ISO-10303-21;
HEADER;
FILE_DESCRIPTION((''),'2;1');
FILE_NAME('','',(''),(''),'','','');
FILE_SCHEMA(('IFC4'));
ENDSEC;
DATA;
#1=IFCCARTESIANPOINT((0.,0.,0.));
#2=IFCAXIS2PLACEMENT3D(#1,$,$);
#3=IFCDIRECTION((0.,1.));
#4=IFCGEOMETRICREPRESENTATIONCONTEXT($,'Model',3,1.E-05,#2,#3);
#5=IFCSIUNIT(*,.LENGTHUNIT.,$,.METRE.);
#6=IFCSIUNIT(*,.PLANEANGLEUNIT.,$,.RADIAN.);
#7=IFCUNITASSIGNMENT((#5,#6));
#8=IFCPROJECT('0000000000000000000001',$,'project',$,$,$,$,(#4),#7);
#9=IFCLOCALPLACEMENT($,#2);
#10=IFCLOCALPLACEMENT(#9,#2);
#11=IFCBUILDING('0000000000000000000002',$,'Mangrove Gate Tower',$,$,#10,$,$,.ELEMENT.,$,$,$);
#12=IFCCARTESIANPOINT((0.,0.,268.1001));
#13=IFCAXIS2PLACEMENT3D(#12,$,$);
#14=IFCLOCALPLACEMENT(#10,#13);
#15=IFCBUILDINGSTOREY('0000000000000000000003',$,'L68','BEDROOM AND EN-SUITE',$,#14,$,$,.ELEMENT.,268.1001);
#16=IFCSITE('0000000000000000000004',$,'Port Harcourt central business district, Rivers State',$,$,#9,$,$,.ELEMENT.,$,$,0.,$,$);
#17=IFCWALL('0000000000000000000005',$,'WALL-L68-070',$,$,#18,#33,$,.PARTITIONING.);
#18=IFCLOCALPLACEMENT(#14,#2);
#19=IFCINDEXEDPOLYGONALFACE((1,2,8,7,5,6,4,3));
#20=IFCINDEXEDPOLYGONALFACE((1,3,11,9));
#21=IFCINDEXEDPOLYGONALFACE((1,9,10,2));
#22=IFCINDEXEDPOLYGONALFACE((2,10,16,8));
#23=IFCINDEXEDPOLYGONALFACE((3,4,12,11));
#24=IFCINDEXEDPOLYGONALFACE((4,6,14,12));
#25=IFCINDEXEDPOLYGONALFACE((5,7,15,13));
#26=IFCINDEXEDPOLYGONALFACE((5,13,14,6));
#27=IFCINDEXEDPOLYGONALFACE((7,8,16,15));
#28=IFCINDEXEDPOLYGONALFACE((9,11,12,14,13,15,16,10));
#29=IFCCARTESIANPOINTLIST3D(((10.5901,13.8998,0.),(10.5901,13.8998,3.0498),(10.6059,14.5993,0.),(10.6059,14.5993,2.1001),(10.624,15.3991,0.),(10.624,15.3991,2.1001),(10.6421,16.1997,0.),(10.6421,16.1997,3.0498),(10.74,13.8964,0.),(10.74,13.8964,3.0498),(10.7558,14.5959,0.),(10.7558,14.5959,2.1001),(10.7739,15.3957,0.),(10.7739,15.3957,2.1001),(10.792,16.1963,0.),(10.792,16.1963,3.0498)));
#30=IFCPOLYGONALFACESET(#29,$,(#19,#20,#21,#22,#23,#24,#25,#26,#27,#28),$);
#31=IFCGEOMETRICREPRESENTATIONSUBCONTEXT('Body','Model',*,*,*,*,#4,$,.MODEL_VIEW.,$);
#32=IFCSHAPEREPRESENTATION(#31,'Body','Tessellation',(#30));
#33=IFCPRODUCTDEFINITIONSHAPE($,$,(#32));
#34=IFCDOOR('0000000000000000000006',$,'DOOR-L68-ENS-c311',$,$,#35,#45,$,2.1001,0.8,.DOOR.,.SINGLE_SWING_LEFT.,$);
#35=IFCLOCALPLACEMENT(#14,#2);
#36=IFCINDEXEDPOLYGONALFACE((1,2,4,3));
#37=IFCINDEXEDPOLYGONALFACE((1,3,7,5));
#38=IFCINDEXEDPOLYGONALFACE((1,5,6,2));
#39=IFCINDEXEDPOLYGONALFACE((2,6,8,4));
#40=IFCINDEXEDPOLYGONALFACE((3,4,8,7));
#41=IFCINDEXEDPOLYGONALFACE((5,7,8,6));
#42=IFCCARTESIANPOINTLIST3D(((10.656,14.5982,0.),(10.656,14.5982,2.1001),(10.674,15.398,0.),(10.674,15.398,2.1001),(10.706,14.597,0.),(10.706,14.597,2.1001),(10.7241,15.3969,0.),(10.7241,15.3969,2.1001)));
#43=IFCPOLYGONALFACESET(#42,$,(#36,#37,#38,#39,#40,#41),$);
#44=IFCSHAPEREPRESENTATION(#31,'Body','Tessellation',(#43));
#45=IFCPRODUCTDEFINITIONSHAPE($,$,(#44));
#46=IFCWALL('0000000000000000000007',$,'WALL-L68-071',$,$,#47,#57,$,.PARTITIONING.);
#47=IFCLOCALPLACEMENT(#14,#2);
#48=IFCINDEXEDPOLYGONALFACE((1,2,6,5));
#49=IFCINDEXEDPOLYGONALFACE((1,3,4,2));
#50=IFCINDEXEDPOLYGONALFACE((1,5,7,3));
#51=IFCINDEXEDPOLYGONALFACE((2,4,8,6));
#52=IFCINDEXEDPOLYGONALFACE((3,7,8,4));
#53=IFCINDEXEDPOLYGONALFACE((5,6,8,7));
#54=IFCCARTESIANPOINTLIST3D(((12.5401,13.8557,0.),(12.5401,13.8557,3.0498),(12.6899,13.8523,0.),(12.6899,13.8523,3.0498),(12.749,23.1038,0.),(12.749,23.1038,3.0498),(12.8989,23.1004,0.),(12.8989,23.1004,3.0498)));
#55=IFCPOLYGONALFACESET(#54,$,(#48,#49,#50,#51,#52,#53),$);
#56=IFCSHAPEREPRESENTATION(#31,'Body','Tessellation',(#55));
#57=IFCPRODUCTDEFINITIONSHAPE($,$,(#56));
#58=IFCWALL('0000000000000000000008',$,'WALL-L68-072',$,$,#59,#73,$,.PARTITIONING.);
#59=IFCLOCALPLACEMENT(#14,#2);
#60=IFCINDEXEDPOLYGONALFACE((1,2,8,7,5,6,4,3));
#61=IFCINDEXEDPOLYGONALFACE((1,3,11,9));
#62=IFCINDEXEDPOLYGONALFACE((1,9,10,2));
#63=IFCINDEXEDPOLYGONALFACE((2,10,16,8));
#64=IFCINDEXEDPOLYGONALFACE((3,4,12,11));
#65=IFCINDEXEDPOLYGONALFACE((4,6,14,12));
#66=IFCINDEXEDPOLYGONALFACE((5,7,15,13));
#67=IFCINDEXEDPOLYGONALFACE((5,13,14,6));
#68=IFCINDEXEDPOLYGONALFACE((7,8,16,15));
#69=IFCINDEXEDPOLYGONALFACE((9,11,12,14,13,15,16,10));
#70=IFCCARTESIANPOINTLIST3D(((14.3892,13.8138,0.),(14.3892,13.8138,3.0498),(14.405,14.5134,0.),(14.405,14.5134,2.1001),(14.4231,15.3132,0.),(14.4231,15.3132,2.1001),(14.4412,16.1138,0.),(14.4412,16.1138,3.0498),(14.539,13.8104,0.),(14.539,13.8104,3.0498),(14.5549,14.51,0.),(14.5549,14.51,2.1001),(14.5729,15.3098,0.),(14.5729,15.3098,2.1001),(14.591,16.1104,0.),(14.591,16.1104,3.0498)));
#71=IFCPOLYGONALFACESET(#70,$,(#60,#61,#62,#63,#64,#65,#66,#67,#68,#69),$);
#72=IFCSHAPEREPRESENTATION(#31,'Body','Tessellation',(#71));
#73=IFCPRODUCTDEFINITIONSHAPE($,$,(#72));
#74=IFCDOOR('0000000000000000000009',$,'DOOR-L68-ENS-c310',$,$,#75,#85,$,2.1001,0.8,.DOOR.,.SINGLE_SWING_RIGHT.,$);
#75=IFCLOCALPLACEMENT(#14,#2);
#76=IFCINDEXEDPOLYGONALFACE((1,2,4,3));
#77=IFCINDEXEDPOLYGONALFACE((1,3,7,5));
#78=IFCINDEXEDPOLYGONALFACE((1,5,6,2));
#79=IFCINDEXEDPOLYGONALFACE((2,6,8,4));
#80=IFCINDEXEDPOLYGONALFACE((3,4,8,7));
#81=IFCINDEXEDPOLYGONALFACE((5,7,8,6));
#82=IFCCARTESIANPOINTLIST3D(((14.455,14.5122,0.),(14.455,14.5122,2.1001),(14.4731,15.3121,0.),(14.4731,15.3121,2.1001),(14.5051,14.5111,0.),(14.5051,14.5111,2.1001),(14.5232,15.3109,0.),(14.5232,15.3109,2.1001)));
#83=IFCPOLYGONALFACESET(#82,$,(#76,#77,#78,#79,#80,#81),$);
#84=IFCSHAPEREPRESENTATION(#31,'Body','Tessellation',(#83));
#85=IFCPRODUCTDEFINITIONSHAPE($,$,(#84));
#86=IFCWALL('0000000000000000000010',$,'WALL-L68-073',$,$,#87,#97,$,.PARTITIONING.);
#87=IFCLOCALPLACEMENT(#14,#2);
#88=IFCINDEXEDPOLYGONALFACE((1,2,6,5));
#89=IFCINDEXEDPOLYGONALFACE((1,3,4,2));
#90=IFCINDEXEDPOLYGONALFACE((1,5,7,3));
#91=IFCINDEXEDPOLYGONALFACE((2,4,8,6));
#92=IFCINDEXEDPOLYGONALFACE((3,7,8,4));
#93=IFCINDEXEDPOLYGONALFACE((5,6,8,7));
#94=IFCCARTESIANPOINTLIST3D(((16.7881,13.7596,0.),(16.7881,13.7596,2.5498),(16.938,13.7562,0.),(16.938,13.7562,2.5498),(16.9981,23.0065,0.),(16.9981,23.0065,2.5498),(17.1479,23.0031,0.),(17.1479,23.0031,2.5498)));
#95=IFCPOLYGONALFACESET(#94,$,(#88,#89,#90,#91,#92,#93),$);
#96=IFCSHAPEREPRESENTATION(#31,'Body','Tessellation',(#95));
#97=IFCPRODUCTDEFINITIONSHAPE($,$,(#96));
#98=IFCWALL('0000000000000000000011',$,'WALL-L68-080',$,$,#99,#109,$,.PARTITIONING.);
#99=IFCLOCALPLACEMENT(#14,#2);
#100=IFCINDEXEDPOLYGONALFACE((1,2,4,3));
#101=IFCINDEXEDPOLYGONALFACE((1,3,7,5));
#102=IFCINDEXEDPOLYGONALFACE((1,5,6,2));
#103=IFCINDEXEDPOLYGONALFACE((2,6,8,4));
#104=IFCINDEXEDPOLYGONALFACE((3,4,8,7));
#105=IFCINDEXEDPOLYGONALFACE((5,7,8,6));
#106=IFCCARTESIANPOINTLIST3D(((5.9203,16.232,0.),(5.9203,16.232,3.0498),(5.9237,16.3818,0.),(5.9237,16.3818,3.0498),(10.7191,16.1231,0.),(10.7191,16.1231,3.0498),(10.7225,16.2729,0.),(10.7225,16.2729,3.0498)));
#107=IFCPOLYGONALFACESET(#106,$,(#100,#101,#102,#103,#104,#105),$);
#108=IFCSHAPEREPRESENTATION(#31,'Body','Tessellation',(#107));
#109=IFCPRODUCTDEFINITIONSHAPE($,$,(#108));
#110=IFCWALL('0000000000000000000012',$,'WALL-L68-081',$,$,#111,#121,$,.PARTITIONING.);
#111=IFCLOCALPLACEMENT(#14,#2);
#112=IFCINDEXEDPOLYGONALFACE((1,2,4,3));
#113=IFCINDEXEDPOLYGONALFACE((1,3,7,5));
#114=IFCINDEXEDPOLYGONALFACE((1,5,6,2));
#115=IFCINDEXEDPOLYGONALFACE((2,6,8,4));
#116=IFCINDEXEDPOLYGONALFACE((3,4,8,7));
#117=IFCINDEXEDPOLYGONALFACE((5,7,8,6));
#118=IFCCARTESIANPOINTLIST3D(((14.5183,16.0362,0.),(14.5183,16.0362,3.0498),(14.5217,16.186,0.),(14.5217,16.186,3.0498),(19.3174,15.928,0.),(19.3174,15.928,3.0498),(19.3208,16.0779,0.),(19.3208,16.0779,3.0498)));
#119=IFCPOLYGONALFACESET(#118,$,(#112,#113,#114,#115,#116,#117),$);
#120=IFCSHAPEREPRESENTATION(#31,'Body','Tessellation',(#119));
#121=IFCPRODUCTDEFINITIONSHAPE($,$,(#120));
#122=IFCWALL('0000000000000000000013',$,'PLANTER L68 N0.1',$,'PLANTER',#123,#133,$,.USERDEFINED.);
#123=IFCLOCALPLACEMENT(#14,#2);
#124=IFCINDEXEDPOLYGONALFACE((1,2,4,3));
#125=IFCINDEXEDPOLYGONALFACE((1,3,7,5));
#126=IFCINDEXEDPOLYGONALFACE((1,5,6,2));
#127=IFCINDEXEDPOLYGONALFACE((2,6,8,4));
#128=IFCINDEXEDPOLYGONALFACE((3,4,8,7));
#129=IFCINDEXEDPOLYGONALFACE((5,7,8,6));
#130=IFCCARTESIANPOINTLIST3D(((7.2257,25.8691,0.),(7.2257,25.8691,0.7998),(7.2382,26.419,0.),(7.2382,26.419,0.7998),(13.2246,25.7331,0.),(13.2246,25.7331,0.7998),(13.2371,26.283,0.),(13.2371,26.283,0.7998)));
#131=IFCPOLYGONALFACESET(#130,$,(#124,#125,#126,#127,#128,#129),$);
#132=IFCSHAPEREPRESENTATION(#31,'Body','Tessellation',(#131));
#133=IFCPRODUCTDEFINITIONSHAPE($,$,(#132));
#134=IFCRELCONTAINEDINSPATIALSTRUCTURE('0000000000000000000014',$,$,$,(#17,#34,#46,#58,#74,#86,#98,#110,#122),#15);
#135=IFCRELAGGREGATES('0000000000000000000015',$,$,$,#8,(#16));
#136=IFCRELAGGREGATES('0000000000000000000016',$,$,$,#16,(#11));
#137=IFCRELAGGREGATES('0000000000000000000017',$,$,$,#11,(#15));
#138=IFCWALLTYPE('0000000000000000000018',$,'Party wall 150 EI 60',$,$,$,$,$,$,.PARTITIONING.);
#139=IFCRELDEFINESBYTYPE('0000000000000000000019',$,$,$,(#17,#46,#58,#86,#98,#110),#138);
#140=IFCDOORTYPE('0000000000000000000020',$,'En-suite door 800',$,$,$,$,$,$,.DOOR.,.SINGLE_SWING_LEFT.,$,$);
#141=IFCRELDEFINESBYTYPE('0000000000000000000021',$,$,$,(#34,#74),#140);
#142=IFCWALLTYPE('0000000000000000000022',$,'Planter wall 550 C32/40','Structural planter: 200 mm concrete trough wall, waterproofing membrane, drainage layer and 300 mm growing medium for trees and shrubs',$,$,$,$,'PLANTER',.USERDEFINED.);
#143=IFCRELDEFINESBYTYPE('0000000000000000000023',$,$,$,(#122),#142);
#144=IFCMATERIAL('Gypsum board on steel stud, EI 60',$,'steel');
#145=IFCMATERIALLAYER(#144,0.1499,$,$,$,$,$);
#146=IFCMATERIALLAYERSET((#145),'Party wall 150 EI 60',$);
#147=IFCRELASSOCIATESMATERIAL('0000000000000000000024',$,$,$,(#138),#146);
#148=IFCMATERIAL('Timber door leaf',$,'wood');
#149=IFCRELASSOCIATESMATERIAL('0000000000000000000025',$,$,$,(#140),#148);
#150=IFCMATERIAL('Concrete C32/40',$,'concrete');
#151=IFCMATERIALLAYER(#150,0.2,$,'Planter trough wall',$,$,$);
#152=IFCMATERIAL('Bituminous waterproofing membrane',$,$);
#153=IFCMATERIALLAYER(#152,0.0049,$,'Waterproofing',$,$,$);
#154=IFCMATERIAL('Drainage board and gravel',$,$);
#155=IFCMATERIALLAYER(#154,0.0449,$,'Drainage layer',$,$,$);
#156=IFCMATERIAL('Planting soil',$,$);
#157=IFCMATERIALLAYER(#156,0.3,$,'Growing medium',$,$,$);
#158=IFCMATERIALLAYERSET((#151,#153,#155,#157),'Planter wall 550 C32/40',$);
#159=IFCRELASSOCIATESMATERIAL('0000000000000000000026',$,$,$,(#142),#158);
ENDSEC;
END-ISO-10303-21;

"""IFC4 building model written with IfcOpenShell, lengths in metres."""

from ifc_helpers import new_model, si_unit, direction, frame, frame_2d, origin, place, context, subcontext, project, spatial, rectangle, extrude, material, layer, layer_set, type_object, element, fill, save


model = new_model("IFC4")

# Units and contexts
model_context = context("Model", 3, precision=1e-05, world=origin(), true_north=direction((0.0, 1.0)))
body_context = subcontext(model_context, "Body", "Model", "MODEL_VIEW")
ifc_project = project(units=[si_unit("LENGTHUNIT", "METRE"), si_unit("PLANEANGLEUNIT", "RADIAN")], contexts=[model_context])

# Site, building, storey
site_placement = place(None, origin())
site = spatial("IfcSite", under=ifc_project, at=site_placement, Name="Port Harcourt central business district, Rivers State", CompositionType="ELEMENT", RefElevation=0.0)
building_placement = place(site_placement, origin())
building = spatial("IfcBuilding", under=site, at=building_placement, Name="Mangrove Gate Tower", CompositionType="ELEMENT")
storey_placement = place(building_placement, frame((0.0, 0.0, 268.1001)))
storey = spatial("IfcBuildingStorey", under=building, at=storey_placement, Name="L68", Description="BEDROOM AND EN-SUITE", CompositionType="ELEMENT", Elevation=268.1001)

# Shared definitions
ifc_material_1 = material(Name="Gypsum board on steel stud, EI 60", Category="steel")
ifc_layer_1 = layer(ifc_material_1, 0.1499)
ifc_layer_set_1 = layer_set([ifc_layer_1], Name="Party wall 150 EI 60")
wall_type_1 = type_object("IfcWallType", Name="Party wall 150 EI 60", PredefinedType="PARTITIONING", material=ifc_layer_set_1)
ifc_material_2 = material(Name="Timber door leaf", Category="wood")
door_type = type_object("IfcDoorType", Name="En-suite door 800", OperationType="SINGLE_SWING_LEFT", PredefinedType="DOOR", material=ifc_material_2)

# Wall, opening, door
wall_1_placement = place(storey_placement, frame((10.665, 13.8979, 0.0), z_axis=(0.0, 0.0, 1.0), x_axis=(0.022603, 0.999745, 0.0)))
wall_1 = element("IfcWall", 1, at=wall_1_placement, inside=storey, type_object=wall_type_1, Name="WALL-L68-070", PredefinedType="PARTITIONING", context=body_context, shape_type="SweptSolid", body=[
    extrude(rectangle(XDim=2.3005, YDim=0.1499, at=frame_2d((1.1504, 0.0))), origin(), (0.0, 0.0, 1.0), 3.0498),
])
opening_1_placement = place(wall_1_placement, frame((0.7, 0.0, 0.0)))
opening_1 = element("IfcOpeningElement", 2, at=opening_1_placement, cuts=wall_1, PredefinedType="OPENING", context=body_context, shape_type="SweptSolid", body=[
    extrude(rectangle(XDim=0.8, YDim=2.1001, at=frame_2d((0.3999, 1.05))), frame((0.0, 0.085, 0.0), z_axis=(0.0, -1.0, 0.0), x_axis=(1.0, 0.0, 0.0)), (0.0, 0.0, 1.0), 0.1699),
])
door_1_placement = place(opening_1_placement, origin())
door_1 = element("IfcDoor", 3, at=door_1_placement, inside=storey, type_object=door_type, Name="DOOR-L68-ENS-c311", OperationType="SINGLE_SWING_LEFT", OverallHeight=2.1001, OverallWidth=0.8, PredefinedType="DOOR", context=body_context, shape_type="SweptSolid", body=[
    extrude(rectangle(XDim=0.8, YDim=2.1001, at=frame_2d((0.3999, 1.05))), frame((0.0, 0.0249, 0.0), z_axis=(0.0, -1.0, 0.0), x_axis=(1.0, 0.0, 0.0)), (0.0, 0.0, 1.0), 0.05),
])
fill(opening_1, door_1)

# Wall
wall_2_placement = place(storey_placement, frame((12.615, 13.854, 0.0), z_axis=(0.0, 0.0, 1.0), x_axis=(0.022592, 0.999745, 0.0)))
element("IfcWall", 4, at=wall_2_placement, inside=storey, type_object=wall_type_1, Name="WALL-L68-071", PredefinedType="PARTITIONING", context=body_context, shape_type="SweptSolid", body=[
    extrude(rectangle(XDim=9.2505, YDim=0.1499, at=frame_2d((4.6252, 0.0))), origin(), (0.0, 0.0, 1.0), 3.0498),
])

# Wall, opening, door
wall_3_placement = place(storey_placement, frame((14.4641, 13.812, 0.0), z_axis=(0.0, 0.0, 1.0), x_axis=(0.022603, 0.999745, 0.0)))
wall_3 = element("IfcWall", 5, at=wall_3_placement, inside=storey, type_object=wall_type_1, Name="WALL-L68-072", PredefinedType="PARTITIONING", context=body_context, shape_type="SweptSolid", body=[
    extrude(rectangle(XDim=2.3005, YDim=0.1499, at=frame_2d((1.1504, 0.0))), origin(), (0.0, 0.0, 1.0), 3.0498),
])
opening_2_placement = place(wall_3_placement, frame((0.7, 0.0, 0.0)))
opening_2 = element("IfcOpeningElement", 6, at=opening_2_placement, cuts=wall_3, PredefinedType="OPENING", context=body_context, shape_type="SweptSolid", body=[
    extrude(rectangle(XDim=0.8, YDim=2.1001, at=frame_2d((0.3999, 1.05))), frame((0.0, 0.085, 0.0), z_axis=(0.0, -1.0, 0.0), x_axis=(1.0, 0.0, 0.0)), (0.0, 0.0, 1.0), 0.1699),
])
door_2_placement = place(opening_2_placement, origin())
door_2 = element("IfcDoor", 7, at=door_2_placement, inside=storey, type_object=door_type, Name="DOOR-L68-ENS-c310", OperationType="SINGLE_SWING_RIGHT", OverallHeight=2.1001, OverallWidth=0.8, PredefinedType="DOOR", context=body_context, shape_type="SweptSolid", body=[
    extrude(rectangle(XDim=0.8, YDim=2.1001, at=frame_2d((0.3999, 1.05))), frame((0.0, 0.0249, 0.0), z_axis=(0.0, -1.0, 0.0), x_axis=(1.0, 0.0, 0.0)), (0.0, 0.0, 1.0), 0.05),
])
fill(opening_2, door_2)

# Walls
wall_4_placement = place(storey_placement, frame((16.863, 13.7581, 0.0), z_axis=(0.0, 0.0, 1.0), x_axis=(0.0227, 0.999742, 0.0)))
element("IfcWall", 8, at=wall_4_placement, inside=storey, type_object=wall_type_1, Name="WALL-L68-073", PredefinedType="PARTITIONING", context=body_context, shape_type="SweptSolid", body=[
    extrude(rectangle(XDim=9.2493, YDim=0.1499, at=frame_2d((4.6245, 0.0))), origin(), (0.0, 0.0, 1.0), 2.5498),
])
wall_5_placement = place(storey_placement, frame((5.9221, 16.3069, 0.0), z_axis=(0.0, 0.0, 1.0), x_axis=(0.999743, -0.022684, 0.0)))
element("IfcWall", 9, at=wall_5_placement, inside=storey, type_object=wall_type_1, Name="WALL-L68-080", PredefinedType="PARTITIONING", context=body_context, shape_type="SweptSolid", body=[
    extrude(rectangle(XDim=4.8, YDim=0.1499, at=frame_2d((2.3999, 0.0))), origin(), (0.0, 0.0, 1.0), 3.0498),
])
wall_6_placement = place(storey_placement, frame((14.52, 16.1111, 0.0), z_axis=(0.0, 0.0, 1.0), x_axis=(0.999746, -0.022531, 0.0)))
element("IfcWall", 10, at=wall_6_placement, inside=storey, type_object=wall_type_1, Name="WALL-L68-081", PredefinedType="PARTITIONING", context=body_context, shape_type="SweptSolid", body=[
    extrude(rectangle(XDim=4.8003, YDim=0.1499, at=frame_2d((2.4001, 0.0))), origin(), (0.0, 0.0, 1.0), 3.0498),
])
ifc_material_3 = material(Name="Concrete C32/40", Category="concrete")
ifc_layer_2 = layer(ifc_material_3, 0.2, Name="Planter trough wall")
ifc_material_4 = material(Name="Bituminous waterproofing membrane")
ifc_layer_3 = layer(ifc_material_4, 0.0049, Name="Waterproofing")
ifc_material_5 = material(Name="Drainage board and gravel")
ifc_layer_4 = layer(ifc_material_5, 0.0449, Name="Drainage layer")
ifc_material_6 = material(Name="Planting soil")
ifc_layer_5 = layer(ifc_material_6, 0.3, Name="Growing medium")
ifc_layer_set_2 = layer_set([ifc_layer_2, ifc_layer_3, ifc_layer_4, ifc_layer_5], Name="Planter wall 550 C32/40")
wall_type_2 = type_object("IfcWallType", Name="Planter wall 550 C32/40", Description="Structural planter: 200 mm concrete trough wall, waterproofing membrane, drainage layer and 300 mm growing medium for trees and shrubs", ElementType="PLANTER", PredefinedType="USERDEFINED", material=ifc_layer_set_2)
wall_7_placement = place(storey_placement, frame((7.2319, 26.144, 0.0), z_axis=(0.0, 0.0, 1.0), x_axis=(0.999743, -0.022662, 0.0)))
element("IfcWall", 11, at=wall_7_placement, inside=storey, type_object=wall_type_2, Name="PLANTER L68 N0.1", ObjectType="PLANTER", PredefinedType="USERDEFINED", context=body_context, shape_type="SweptSolid", body=[
    extrude(rectangle(XDim=6.0005, YDim=0.55, at=frame_2d((3.0002, 0.0))), origin(), (0.0, 0.0, 1.0), 0.7998),
])

save(model, "model.ifc")
